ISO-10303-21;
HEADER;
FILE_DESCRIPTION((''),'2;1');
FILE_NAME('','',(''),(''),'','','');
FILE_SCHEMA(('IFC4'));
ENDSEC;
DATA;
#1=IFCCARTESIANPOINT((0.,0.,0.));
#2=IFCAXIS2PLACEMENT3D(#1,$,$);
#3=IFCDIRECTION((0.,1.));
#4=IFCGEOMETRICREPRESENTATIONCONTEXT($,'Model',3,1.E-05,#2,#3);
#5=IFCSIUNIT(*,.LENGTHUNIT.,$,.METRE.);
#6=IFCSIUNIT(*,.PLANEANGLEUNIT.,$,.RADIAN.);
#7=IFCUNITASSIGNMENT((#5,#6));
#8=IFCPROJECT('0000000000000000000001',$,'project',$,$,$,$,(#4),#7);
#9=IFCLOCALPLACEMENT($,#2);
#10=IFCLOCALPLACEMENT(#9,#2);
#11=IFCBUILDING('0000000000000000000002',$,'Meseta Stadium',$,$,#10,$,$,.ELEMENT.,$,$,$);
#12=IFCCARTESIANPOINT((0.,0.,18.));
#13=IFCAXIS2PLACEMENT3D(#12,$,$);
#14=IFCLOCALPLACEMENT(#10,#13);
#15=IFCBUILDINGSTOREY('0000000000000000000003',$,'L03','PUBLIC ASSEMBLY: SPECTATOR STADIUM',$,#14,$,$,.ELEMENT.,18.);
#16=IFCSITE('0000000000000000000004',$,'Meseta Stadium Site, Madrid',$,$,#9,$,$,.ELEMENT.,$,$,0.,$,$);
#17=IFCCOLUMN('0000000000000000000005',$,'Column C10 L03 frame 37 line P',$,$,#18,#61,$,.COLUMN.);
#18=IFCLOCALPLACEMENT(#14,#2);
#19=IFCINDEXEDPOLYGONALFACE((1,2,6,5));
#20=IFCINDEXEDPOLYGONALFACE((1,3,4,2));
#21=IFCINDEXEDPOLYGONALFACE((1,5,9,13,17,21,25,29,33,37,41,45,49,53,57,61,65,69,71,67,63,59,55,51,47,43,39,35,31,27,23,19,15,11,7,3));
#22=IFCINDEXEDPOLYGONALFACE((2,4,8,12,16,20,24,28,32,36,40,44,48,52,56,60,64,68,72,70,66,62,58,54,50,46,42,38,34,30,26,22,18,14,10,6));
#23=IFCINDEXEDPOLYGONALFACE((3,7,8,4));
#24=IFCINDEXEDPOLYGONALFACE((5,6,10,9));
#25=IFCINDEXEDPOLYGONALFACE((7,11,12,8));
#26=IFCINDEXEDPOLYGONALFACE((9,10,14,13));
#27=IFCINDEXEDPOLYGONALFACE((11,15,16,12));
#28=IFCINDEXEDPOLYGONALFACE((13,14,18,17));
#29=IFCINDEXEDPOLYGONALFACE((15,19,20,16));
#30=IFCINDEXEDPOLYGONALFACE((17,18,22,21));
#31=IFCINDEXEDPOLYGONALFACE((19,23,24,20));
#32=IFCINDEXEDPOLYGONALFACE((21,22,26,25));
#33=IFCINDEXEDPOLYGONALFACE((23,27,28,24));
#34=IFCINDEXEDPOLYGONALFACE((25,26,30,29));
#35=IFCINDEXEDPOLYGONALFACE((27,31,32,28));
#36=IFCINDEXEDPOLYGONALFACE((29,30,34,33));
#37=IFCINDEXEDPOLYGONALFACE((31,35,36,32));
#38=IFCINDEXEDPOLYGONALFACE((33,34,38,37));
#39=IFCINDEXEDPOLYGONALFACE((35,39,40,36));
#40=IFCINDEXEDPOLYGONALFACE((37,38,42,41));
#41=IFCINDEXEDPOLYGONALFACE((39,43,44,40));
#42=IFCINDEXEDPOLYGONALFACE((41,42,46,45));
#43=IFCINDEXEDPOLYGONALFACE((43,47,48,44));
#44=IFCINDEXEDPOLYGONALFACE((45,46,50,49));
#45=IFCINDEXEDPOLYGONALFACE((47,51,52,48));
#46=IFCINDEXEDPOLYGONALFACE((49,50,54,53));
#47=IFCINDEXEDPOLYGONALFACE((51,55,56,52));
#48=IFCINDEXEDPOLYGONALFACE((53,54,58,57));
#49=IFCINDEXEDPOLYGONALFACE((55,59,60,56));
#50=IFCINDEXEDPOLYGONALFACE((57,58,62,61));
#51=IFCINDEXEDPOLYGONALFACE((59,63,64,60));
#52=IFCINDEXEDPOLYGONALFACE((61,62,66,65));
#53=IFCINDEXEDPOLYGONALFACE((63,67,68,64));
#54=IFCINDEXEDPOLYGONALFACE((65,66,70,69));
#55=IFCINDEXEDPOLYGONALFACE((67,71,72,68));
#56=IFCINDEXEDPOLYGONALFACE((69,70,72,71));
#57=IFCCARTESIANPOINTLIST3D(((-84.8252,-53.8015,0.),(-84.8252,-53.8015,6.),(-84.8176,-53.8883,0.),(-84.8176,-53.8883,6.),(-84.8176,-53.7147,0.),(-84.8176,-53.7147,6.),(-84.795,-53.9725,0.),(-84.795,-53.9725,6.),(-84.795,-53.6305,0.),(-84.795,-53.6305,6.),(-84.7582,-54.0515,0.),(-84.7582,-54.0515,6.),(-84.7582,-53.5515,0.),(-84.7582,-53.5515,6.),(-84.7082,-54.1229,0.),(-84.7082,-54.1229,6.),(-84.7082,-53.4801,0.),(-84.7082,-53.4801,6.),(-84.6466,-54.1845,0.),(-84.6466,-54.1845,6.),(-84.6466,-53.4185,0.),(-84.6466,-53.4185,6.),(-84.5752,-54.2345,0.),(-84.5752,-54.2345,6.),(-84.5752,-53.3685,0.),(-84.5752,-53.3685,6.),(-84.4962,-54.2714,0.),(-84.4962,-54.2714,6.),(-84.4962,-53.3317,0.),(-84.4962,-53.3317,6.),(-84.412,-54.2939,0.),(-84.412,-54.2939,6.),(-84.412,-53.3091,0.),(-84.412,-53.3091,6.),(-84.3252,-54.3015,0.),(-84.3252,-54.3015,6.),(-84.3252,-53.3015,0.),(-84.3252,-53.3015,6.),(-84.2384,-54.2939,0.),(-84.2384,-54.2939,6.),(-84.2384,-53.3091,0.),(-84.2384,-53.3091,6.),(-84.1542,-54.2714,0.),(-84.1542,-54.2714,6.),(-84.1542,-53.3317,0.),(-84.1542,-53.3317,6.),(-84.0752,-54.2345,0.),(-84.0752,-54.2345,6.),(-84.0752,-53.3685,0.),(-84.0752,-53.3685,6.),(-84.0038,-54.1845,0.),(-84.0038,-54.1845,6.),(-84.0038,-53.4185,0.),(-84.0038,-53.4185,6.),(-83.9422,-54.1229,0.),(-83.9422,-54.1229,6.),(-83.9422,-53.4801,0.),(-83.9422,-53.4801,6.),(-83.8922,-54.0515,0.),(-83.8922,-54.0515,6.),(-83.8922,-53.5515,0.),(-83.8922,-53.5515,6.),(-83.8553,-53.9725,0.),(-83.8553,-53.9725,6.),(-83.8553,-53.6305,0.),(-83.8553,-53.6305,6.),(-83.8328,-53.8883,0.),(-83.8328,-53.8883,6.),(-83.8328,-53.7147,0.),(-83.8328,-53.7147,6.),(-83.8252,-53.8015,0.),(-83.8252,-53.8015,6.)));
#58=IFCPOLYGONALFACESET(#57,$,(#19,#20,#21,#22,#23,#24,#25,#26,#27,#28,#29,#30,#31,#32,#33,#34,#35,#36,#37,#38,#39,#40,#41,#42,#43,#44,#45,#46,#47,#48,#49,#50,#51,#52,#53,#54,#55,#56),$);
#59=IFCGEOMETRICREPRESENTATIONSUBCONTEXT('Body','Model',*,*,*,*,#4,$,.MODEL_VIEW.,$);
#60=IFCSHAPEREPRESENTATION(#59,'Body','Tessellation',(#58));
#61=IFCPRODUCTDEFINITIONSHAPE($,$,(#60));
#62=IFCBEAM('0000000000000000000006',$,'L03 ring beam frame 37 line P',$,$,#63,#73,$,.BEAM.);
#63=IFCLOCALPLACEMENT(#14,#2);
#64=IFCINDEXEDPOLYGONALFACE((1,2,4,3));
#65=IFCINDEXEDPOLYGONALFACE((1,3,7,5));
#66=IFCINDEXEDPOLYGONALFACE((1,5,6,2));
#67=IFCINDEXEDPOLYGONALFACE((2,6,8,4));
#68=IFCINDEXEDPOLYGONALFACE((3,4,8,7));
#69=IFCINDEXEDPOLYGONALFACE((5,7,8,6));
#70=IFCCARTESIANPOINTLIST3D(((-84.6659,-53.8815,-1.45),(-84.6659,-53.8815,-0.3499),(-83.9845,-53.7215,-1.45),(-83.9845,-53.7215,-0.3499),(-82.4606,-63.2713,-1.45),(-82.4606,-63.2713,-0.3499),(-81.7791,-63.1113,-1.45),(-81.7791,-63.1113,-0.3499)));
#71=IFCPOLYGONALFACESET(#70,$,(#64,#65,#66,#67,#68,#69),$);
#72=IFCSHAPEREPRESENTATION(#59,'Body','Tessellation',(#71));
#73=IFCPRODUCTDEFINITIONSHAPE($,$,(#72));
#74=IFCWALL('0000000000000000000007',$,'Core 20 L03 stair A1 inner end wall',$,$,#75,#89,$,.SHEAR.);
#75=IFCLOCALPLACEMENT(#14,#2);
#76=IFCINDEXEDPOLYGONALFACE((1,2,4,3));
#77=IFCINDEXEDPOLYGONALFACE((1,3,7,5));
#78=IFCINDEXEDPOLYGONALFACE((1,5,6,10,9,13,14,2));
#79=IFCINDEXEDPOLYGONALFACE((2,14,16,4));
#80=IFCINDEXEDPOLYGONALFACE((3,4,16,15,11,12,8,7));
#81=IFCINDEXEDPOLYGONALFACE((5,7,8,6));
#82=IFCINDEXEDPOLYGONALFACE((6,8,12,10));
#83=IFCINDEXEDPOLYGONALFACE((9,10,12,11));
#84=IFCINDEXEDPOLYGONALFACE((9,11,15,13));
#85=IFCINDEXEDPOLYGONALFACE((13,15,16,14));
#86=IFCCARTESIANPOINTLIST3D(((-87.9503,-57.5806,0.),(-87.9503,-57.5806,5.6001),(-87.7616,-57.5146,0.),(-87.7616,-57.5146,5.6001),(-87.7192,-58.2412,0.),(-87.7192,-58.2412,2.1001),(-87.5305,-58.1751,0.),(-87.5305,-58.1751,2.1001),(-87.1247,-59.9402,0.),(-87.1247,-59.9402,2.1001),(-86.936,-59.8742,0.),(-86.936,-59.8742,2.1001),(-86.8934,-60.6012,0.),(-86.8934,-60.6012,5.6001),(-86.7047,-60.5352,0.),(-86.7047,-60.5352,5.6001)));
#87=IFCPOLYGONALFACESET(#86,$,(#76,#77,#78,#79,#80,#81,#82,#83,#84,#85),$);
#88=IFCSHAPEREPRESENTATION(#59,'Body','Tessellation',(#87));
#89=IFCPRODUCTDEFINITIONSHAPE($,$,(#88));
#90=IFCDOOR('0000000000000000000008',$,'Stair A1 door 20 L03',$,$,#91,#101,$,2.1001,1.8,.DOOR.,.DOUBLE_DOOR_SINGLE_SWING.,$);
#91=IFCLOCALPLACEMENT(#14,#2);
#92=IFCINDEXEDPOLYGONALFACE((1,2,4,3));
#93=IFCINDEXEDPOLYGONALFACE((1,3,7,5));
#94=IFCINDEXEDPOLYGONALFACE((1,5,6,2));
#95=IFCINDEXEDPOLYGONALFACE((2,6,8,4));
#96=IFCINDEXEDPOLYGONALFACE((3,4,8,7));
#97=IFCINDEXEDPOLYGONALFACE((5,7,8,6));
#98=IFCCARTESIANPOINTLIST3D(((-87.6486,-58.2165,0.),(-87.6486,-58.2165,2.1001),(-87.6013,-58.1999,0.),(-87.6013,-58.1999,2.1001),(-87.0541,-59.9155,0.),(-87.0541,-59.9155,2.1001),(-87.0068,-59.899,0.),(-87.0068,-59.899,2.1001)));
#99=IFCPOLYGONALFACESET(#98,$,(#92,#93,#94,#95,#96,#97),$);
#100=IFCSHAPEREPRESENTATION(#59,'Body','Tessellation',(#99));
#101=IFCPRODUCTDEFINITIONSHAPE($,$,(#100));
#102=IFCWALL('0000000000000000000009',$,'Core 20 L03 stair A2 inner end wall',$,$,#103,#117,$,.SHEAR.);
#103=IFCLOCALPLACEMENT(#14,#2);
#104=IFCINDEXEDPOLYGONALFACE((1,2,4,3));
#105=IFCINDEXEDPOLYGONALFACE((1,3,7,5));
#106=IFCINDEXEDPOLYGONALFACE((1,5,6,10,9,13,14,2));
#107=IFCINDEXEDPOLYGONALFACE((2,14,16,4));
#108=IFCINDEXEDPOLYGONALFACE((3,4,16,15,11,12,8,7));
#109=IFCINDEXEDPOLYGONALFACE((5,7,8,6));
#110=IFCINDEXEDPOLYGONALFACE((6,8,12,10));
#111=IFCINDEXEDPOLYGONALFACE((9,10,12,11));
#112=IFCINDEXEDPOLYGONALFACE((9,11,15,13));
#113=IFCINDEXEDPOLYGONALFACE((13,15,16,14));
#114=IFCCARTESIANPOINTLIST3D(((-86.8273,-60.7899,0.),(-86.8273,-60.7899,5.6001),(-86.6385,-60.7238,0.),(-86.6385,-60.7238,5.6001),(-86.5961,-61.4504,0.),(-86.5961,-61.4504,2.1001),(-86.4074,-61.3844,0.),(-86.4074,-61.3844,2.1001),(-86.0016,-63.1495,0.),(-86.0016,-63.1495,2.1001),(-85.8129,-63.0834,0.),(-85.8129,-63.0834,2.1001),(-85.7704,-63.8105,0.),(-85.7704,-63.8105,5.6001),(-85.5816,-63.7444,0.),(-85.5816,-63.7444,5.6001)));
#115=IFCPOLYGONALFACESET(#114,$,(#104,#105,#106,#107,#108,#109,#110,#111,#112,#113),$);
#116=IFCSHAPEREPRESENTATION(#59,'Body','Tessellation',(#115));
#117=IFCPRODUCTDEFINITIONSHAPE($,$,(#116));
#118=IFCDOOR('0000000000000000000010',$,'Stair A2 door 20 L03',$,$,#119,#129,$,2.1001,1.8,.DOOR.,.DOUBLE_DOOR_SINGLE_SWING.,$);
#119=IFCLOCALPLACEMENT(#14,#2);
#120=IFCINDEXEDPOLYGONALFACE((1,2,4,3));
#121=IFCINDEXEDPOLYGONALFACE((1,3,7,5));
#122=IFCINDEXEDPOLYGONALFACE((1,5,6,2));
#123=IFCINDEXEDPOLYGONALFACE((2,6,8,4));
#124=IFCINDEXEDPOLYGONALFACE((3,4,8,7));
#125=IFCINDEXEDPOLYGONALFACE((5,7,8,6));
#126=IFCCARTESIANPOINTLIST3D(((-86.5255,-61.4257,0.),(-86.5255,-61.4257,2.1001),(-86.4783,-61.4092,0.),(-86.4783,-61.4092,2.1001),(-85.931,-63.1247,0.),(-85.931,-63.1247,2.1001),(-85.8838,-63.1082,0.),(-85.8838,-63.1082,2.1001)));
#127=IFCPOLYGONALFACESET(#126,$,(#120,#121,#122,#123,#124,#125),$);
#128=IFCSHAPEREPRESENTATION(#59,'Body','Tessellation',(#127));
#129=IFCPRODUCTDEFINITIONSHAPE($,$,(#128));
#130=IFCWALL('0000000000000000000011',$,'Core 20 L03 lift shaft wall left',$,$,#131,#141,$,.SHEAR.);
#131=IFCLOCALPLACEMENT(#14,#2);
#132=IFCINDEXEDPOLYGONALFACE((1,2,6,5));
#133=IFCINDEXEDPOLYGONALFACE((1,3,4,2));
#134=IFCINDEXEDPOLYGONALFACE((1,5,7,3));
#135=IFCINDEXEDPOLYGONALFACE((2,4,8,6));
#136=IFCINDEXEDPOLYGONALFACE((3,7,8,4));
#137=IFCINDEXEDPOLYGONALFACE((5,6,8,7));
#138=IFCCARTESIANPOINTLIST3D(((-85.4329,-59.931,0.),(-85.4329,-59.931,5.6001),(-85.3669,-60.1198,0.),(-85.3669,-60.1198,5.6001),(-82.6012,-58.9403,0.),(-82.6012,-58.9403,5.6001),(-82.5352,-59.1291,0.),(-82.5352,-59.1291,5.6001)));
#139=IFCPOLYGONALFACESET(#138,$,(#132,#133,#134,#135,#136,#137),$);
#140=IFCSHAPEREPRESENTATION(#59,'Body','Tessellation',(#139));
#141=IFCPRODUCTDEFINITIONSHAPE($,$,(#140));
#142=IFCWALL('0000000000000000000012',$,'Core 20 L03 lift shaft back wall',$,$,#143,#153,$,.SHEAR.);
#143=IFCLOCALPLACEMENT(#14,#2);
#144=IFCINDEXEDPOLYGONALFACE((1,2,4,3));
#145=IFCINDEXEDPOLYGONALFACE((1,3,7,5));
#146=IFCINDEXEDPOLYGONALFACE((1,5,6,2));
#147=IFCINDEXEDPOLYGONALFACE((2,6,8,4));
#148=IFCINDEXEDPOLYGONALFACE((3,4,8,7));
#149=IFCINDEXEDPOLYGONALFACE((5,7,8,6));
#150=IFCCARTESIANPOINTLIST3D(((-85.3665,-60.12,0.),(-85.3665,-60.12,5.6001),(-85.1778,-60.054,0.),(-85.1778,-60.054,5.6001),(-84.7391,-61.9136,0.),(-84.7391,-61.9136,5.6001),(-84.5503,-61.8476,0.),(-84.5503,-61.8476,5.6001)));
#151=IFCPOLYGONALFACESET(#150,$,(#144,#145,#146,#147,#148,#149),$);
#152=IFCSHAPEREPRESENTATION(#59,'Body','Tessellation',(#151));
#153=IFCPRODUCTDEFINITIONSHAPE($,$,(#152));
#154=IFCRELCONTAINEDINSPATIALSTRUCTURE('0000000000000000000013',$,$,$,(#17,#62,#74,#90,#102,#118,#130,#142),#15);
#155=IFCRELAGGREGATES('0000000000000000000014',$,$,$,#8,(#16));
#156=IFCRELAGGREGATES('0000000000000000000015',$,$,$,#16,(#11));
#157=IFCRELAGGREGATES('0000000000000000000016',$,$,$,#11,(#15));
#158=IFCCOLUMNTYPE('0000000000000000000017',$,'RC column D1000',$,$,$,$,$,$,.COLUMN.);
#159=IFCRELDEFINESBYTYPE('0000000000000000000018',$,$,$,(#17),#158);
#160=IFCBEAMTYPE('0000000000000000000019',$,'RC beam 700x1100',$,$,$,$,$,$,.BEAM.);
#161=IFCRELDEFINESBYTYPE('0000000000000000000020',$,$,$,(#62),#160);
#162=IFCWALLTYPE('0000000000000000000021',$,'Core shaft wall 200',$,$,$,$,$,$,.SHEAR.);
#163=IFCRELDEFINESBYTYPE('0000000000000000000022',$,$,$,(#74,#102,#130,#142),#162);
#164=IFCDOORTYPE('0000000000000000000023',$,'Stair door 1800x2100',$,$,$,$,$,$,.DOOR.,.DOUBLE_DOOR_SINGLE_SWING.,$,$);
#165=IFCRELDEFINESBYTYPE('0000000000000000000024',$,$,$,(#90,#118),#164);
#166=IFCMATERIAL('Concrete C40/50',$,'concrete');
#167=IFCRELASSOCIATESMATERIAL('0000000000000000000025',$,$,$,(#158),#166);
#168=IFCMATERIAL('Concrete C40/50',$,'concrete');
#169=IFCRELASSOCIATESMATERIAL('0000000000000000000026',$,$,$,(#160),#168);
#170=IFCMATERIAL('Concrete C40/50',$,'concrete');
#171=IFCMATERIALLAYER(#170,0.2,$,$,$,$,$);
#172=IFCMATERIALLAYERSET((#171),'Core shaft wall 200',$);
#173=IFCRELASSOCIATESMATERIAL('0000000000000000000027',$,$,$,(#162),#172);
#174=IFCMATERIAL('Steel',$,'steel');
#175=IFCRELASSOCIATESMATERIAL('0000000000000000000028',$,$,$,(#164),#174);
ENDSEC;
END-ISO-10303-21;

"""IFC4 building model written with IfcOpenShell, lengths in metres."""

from ifc_helpers import new_model, si_unit, direction, frame, frame_2d, origin, origin_2d, place, context, subcontext, project, spatial, rectangle, circle, extrude, material, layer, layer_set, material_profile, profile_set, type_object, element, fill, save


model = new_model("IFC4")

# Units and contexts
model_context = context("Model", 3, precision=1e-05, world=origin(), true_north=direction((0.0, 1.0)))
body_context = subcontext(model_context, "Body", "Model", "MODEL_VIEW")
ifc_project = project(units=[si_unit("LENGTHUNIT", "METRE"), si_unit("PLANEANGLEUNIT", "RADIAN")], contexts=[model_context])

# Site, building, storey
site_placement = place(None, origin())
site = spatial("IfcSite", under=ifc_project, at=site_placement, Name="Meseta Stadium Site, Madrid", CompositionType="ELEMENT", RefElevation=0.0)
building_placement = place(site_placement, origin())
building = spatial("IfcBuilding", under=site, at=building_placement, Name="Meseta Stadium", CompositionType="ELEMENT")
storey_placement = place(building_placement, frame((0.0, 0.0, 18.0)))
storey = spatial("IfcBuildingStorey", under=building, at=storey_placement, Name="L03", Description="PUBLIC ASSEMBLY: SPECTATOR STADIUM", CompositionType="ELEMENT", Elevation=18.0)

# Column
ifc_material_1 = material(Name="Concrete C40/50", Category="concrete")
ifc_material_profile_1 = material_profile(ifc_material_1, circle(Radius=0.5, at=origin_2d()), Name="RC D1000")
ifc_profile_set_1 = profile_set([ifc_material_profile_1], Name="Concrete C40/50")
column_type = type_object("IfcColumnType", Name="RC column D1000", PredefinedType="COLUMN", material=ifc_profile_set_1)
column_placement = place(storey_placement, frame((-84.3252, -53.8015, 0.0), z_axis=(0.0, 0.0, 1.0), x_axis=(1.0, 0.0, 0.0)))
element("IfcColumn", 1, at=column_placement, inside=storey, type_object=column_type, Name="Column C10 L03 frame 37 line P", PredefinedType="COLUMN", context=body_context, shape_type="SweptSolid", body=[
    extrude(circle(Radius=0.5, at=origin_2d()), origin(), (0.0, 0.0, 1.0), 6.0),
])

# Beam
ifc_material_2 = material(Name="Concrete C40/50", Category="concrete")
ifc_material_profile_2 = material_profile(ifc_material_2, rectangle(XDim=0.7, YDim=1.1001, at=origin_2d()), Name="RC 700x1100")
ifc_profile_set_2 = profile_set([ifc_material_profile_2], Name="Concrete C40/50")
beam_type = type_object("IfcBeamType", Name="RC beam 700x1100", PredefinedType="BEAM", material=ifc_profile_set_2)
beam_placement = place(storey_placement, frame((-84.3252, -53.8015, -0.8999), z_axis=(0.228646, -0.97351, 0.0), x_axis=(0.97351, 0.228646, 0.0)))
element("IfcBeam", 2, at=beam_placement, inside=storey, type_object=beam_type, Name="L03 ring beam frame 37 line P", PredefinedType="BEAM", context=body_context, shape_type="SweptSolid", body=[
    extrude(rectangle(XDim=0.7, YDim=1.1001, at=origin_2d()), origin(), (0.0, 0.0, 1.0), 9.6453),
])

# Walls, openings, doors
ifc_material_3 = material(Name="Concrete C40/50", Category="concrete")
ifc_layer_1 = layer(ifc_material_3, 0.2)
ifc_layer_set_1 = layer_set([ifc_layer_1], Name="Core shaft wall 200")
wall_type_1 = type_object("IfcWallType", Name="Core shaft wall 200", PredefinedType="SHEAR", material=ifc_layer_set_1)
wall_1_placement = place(storey_placement, frame((-87.856, -57.5476, 0.0), z_axis=(0.0, 0.0, 1.0), x_axis=(0.330269, -0.943887, 0.0)))
wall_1 = element("IfcWall", 3, at=wall_1_placement, inside=storey, type_object=wall_type_1, Name="Core 20 L03 stair A1 inner end wall", PredefinedType="SHEAR", context=body_context, shape_type="SweptSolid", body=[
    extrude(rectangle(XDim=3.2002, YDim=0.2, at=frame_2d((1.6001, 0.0))), origin(), (0.0, 0.0, 1.0), 5.6001),
])
opening_1_placement = place(wall_1_placement, frame((0.7, 0.0, 0.0)))
opening_1 = element("IfcOpeningElement", 4, at=opening_1_placement, cuts=wall_1, PredefinedType="OPENING", context=body_context, shape_type="SweptSolid", body=[
    extrude(rectangle(XDim=1.8, YDim=2.1001, at=frame_2d((0.8999, 1.05))), frame((0.0, 0.1099, 0.0), z_axis=(0.0, -1.0, 0.0), x_axis=(1.0, 0.0, 0.0)), (0.0, 0.0, 1.0), 0.22),
])
ifc_material_4 = material(Name="Steel", Category="steel")
door_type_1 = type_object("IfcDoorType", Name="Stair door 1800x2100", OperationType="DOUBLE_DOOR_SINGLE_SWING", PredefinedType="DOOR", material=ifc_material_4)
door_1_placement = place(opening_1_placement, origin())
door_1 = element("IfcDoor", 5, at=door_1_placement, inside=storey, type_object=door_type_1, Name="Stair A1 door 20 L03", OperationType="DOUBLE_DOOR_SINGLE_SWING", OverallHeight=2.1001, OverallWidth=1.8, PredefinedType="DOOR", context=body_context, shape_type="SweptSolid", body=[
    extrude(rectangle(XDim=1.8, YDim=2.1001, at=frame_2d((0.8999, 1.05))), frame((0.0, 0.0249, 0.0), z_axis=(0.0, -1.0, 0.0), x_axis=(1.0, 0.0, 0.0)), (0.0, 0.0, 1.0), 0.05),
])
fill(opening_1, door_1)
wall_2_placement = place(storey_placement, frame((-86.7329, -60.7568, 0.0), z_axis=(0.0, 0.0, 1.0), x_axis=(0.330269, -0.943887, 0.0)))
wall_2 = element("IfcWall", 6, at=wall_2_placement, inside=storey, type_object=wall_type_1, Name="Core 20 L03 stair A2 inner end wall", PredefinedType="SHEAR", context=body_context, shape_type="SweptSolid", body=[
    extrude(rectangle(XDim=3.2002, YDim=0.2, at=frame_2d((1.6001, 0.0))), origin(), (0.0, 0.0, 1.0), 5.6001),
])
opening_2_placement = place(wall_2_placement, frame((0.7, 0.0, 0.0)))
opening_2 = element("IfcOpeningElement", 7, at=opening_2_placement, cuts=wall_2, PredefinedType="OPENING", context=body_context, shape_type="SweptSolid", body=[
    extrude(rectangle(XDim=1.8, YDim=2.1001, at=frame_2d((0.8999, 1.05))), frame((0.0, 0.1099, 0.0), z_axis=(0.0, -1.0, 0.0), x_axis=(1.0, 0.0, 0.0)), (0.0, 0.0, 1.0), 0.22),
])
door_2_placement = place(opening_2_placement, origin())
door_2 = element("IfcDoor", 8, at=door_2_placement, inside=storey, type_object=door_type_1, Name="Stair A2 door 20 L03", OperationType="DOUBLE_DOOR_SINGLE_SWING", OverallHeight=2.1001, OverallWidth=1.8, PredefinedType="DOOR", context=body_context, shape_type="SweptSolid", body=[
    extrude(rectangle(XDim=1.8, YDim=2.1001, at=frame_2d((0.8999, 1.05))), frame((0.0, 0.0249, 0.0), z_axis=(0.0, -1.0, 0.0), x_axis=(1.0, 0.0, 0.0)), (0.0, 0.0, 1.0), 0.05),
])
fill(opening_2, door_2)

# Walls
wall_3_placement = place(storey_placement, frame((-85.3999, -60.0254, 0.0), z_axis=(0.0, 0.0, 1.0), x_axis=(0.9439, 0.330231, 0.0)))
element("IfcWall", 9, at=wall_3_placement, inside=storey, type_object=wall_type_1, Name="Core 20 L03 lift shaft wall left", PredefinedType="SHEAR", context=body_context, shape_type="SweptSolid", body=[
    extrude(rectangle(XDim=3.0, YDim=0.2, at=frame_2d((1.5, 0.0))), origin(), (0.0, 0.0, 1.0), 5.6001),
])
wall_4_placement = place(storey_placement, frame((-85.2722, -60.0869, 0.0), z_axis=(0.0, 0.0, 1.0), x_axis=(0.330225, -0.943902, 0.0)))
element("IfcWall", 10, at=wall_4_placement, inside=storey, type_object=wall_type_1, Name="Core 20 L03 lift shaft back wall", PredefinedType="SHEAR", context=body_context, shape_type="SweptSolid", body=[
    extrude(rectangle(XDim=1.9001, YDim=0.2, at=frame_2d((0.9502, 0.0))), origin(), (0.0, 0.0, 1.0), 5.6001),
])

save(model, "model.ifc")
